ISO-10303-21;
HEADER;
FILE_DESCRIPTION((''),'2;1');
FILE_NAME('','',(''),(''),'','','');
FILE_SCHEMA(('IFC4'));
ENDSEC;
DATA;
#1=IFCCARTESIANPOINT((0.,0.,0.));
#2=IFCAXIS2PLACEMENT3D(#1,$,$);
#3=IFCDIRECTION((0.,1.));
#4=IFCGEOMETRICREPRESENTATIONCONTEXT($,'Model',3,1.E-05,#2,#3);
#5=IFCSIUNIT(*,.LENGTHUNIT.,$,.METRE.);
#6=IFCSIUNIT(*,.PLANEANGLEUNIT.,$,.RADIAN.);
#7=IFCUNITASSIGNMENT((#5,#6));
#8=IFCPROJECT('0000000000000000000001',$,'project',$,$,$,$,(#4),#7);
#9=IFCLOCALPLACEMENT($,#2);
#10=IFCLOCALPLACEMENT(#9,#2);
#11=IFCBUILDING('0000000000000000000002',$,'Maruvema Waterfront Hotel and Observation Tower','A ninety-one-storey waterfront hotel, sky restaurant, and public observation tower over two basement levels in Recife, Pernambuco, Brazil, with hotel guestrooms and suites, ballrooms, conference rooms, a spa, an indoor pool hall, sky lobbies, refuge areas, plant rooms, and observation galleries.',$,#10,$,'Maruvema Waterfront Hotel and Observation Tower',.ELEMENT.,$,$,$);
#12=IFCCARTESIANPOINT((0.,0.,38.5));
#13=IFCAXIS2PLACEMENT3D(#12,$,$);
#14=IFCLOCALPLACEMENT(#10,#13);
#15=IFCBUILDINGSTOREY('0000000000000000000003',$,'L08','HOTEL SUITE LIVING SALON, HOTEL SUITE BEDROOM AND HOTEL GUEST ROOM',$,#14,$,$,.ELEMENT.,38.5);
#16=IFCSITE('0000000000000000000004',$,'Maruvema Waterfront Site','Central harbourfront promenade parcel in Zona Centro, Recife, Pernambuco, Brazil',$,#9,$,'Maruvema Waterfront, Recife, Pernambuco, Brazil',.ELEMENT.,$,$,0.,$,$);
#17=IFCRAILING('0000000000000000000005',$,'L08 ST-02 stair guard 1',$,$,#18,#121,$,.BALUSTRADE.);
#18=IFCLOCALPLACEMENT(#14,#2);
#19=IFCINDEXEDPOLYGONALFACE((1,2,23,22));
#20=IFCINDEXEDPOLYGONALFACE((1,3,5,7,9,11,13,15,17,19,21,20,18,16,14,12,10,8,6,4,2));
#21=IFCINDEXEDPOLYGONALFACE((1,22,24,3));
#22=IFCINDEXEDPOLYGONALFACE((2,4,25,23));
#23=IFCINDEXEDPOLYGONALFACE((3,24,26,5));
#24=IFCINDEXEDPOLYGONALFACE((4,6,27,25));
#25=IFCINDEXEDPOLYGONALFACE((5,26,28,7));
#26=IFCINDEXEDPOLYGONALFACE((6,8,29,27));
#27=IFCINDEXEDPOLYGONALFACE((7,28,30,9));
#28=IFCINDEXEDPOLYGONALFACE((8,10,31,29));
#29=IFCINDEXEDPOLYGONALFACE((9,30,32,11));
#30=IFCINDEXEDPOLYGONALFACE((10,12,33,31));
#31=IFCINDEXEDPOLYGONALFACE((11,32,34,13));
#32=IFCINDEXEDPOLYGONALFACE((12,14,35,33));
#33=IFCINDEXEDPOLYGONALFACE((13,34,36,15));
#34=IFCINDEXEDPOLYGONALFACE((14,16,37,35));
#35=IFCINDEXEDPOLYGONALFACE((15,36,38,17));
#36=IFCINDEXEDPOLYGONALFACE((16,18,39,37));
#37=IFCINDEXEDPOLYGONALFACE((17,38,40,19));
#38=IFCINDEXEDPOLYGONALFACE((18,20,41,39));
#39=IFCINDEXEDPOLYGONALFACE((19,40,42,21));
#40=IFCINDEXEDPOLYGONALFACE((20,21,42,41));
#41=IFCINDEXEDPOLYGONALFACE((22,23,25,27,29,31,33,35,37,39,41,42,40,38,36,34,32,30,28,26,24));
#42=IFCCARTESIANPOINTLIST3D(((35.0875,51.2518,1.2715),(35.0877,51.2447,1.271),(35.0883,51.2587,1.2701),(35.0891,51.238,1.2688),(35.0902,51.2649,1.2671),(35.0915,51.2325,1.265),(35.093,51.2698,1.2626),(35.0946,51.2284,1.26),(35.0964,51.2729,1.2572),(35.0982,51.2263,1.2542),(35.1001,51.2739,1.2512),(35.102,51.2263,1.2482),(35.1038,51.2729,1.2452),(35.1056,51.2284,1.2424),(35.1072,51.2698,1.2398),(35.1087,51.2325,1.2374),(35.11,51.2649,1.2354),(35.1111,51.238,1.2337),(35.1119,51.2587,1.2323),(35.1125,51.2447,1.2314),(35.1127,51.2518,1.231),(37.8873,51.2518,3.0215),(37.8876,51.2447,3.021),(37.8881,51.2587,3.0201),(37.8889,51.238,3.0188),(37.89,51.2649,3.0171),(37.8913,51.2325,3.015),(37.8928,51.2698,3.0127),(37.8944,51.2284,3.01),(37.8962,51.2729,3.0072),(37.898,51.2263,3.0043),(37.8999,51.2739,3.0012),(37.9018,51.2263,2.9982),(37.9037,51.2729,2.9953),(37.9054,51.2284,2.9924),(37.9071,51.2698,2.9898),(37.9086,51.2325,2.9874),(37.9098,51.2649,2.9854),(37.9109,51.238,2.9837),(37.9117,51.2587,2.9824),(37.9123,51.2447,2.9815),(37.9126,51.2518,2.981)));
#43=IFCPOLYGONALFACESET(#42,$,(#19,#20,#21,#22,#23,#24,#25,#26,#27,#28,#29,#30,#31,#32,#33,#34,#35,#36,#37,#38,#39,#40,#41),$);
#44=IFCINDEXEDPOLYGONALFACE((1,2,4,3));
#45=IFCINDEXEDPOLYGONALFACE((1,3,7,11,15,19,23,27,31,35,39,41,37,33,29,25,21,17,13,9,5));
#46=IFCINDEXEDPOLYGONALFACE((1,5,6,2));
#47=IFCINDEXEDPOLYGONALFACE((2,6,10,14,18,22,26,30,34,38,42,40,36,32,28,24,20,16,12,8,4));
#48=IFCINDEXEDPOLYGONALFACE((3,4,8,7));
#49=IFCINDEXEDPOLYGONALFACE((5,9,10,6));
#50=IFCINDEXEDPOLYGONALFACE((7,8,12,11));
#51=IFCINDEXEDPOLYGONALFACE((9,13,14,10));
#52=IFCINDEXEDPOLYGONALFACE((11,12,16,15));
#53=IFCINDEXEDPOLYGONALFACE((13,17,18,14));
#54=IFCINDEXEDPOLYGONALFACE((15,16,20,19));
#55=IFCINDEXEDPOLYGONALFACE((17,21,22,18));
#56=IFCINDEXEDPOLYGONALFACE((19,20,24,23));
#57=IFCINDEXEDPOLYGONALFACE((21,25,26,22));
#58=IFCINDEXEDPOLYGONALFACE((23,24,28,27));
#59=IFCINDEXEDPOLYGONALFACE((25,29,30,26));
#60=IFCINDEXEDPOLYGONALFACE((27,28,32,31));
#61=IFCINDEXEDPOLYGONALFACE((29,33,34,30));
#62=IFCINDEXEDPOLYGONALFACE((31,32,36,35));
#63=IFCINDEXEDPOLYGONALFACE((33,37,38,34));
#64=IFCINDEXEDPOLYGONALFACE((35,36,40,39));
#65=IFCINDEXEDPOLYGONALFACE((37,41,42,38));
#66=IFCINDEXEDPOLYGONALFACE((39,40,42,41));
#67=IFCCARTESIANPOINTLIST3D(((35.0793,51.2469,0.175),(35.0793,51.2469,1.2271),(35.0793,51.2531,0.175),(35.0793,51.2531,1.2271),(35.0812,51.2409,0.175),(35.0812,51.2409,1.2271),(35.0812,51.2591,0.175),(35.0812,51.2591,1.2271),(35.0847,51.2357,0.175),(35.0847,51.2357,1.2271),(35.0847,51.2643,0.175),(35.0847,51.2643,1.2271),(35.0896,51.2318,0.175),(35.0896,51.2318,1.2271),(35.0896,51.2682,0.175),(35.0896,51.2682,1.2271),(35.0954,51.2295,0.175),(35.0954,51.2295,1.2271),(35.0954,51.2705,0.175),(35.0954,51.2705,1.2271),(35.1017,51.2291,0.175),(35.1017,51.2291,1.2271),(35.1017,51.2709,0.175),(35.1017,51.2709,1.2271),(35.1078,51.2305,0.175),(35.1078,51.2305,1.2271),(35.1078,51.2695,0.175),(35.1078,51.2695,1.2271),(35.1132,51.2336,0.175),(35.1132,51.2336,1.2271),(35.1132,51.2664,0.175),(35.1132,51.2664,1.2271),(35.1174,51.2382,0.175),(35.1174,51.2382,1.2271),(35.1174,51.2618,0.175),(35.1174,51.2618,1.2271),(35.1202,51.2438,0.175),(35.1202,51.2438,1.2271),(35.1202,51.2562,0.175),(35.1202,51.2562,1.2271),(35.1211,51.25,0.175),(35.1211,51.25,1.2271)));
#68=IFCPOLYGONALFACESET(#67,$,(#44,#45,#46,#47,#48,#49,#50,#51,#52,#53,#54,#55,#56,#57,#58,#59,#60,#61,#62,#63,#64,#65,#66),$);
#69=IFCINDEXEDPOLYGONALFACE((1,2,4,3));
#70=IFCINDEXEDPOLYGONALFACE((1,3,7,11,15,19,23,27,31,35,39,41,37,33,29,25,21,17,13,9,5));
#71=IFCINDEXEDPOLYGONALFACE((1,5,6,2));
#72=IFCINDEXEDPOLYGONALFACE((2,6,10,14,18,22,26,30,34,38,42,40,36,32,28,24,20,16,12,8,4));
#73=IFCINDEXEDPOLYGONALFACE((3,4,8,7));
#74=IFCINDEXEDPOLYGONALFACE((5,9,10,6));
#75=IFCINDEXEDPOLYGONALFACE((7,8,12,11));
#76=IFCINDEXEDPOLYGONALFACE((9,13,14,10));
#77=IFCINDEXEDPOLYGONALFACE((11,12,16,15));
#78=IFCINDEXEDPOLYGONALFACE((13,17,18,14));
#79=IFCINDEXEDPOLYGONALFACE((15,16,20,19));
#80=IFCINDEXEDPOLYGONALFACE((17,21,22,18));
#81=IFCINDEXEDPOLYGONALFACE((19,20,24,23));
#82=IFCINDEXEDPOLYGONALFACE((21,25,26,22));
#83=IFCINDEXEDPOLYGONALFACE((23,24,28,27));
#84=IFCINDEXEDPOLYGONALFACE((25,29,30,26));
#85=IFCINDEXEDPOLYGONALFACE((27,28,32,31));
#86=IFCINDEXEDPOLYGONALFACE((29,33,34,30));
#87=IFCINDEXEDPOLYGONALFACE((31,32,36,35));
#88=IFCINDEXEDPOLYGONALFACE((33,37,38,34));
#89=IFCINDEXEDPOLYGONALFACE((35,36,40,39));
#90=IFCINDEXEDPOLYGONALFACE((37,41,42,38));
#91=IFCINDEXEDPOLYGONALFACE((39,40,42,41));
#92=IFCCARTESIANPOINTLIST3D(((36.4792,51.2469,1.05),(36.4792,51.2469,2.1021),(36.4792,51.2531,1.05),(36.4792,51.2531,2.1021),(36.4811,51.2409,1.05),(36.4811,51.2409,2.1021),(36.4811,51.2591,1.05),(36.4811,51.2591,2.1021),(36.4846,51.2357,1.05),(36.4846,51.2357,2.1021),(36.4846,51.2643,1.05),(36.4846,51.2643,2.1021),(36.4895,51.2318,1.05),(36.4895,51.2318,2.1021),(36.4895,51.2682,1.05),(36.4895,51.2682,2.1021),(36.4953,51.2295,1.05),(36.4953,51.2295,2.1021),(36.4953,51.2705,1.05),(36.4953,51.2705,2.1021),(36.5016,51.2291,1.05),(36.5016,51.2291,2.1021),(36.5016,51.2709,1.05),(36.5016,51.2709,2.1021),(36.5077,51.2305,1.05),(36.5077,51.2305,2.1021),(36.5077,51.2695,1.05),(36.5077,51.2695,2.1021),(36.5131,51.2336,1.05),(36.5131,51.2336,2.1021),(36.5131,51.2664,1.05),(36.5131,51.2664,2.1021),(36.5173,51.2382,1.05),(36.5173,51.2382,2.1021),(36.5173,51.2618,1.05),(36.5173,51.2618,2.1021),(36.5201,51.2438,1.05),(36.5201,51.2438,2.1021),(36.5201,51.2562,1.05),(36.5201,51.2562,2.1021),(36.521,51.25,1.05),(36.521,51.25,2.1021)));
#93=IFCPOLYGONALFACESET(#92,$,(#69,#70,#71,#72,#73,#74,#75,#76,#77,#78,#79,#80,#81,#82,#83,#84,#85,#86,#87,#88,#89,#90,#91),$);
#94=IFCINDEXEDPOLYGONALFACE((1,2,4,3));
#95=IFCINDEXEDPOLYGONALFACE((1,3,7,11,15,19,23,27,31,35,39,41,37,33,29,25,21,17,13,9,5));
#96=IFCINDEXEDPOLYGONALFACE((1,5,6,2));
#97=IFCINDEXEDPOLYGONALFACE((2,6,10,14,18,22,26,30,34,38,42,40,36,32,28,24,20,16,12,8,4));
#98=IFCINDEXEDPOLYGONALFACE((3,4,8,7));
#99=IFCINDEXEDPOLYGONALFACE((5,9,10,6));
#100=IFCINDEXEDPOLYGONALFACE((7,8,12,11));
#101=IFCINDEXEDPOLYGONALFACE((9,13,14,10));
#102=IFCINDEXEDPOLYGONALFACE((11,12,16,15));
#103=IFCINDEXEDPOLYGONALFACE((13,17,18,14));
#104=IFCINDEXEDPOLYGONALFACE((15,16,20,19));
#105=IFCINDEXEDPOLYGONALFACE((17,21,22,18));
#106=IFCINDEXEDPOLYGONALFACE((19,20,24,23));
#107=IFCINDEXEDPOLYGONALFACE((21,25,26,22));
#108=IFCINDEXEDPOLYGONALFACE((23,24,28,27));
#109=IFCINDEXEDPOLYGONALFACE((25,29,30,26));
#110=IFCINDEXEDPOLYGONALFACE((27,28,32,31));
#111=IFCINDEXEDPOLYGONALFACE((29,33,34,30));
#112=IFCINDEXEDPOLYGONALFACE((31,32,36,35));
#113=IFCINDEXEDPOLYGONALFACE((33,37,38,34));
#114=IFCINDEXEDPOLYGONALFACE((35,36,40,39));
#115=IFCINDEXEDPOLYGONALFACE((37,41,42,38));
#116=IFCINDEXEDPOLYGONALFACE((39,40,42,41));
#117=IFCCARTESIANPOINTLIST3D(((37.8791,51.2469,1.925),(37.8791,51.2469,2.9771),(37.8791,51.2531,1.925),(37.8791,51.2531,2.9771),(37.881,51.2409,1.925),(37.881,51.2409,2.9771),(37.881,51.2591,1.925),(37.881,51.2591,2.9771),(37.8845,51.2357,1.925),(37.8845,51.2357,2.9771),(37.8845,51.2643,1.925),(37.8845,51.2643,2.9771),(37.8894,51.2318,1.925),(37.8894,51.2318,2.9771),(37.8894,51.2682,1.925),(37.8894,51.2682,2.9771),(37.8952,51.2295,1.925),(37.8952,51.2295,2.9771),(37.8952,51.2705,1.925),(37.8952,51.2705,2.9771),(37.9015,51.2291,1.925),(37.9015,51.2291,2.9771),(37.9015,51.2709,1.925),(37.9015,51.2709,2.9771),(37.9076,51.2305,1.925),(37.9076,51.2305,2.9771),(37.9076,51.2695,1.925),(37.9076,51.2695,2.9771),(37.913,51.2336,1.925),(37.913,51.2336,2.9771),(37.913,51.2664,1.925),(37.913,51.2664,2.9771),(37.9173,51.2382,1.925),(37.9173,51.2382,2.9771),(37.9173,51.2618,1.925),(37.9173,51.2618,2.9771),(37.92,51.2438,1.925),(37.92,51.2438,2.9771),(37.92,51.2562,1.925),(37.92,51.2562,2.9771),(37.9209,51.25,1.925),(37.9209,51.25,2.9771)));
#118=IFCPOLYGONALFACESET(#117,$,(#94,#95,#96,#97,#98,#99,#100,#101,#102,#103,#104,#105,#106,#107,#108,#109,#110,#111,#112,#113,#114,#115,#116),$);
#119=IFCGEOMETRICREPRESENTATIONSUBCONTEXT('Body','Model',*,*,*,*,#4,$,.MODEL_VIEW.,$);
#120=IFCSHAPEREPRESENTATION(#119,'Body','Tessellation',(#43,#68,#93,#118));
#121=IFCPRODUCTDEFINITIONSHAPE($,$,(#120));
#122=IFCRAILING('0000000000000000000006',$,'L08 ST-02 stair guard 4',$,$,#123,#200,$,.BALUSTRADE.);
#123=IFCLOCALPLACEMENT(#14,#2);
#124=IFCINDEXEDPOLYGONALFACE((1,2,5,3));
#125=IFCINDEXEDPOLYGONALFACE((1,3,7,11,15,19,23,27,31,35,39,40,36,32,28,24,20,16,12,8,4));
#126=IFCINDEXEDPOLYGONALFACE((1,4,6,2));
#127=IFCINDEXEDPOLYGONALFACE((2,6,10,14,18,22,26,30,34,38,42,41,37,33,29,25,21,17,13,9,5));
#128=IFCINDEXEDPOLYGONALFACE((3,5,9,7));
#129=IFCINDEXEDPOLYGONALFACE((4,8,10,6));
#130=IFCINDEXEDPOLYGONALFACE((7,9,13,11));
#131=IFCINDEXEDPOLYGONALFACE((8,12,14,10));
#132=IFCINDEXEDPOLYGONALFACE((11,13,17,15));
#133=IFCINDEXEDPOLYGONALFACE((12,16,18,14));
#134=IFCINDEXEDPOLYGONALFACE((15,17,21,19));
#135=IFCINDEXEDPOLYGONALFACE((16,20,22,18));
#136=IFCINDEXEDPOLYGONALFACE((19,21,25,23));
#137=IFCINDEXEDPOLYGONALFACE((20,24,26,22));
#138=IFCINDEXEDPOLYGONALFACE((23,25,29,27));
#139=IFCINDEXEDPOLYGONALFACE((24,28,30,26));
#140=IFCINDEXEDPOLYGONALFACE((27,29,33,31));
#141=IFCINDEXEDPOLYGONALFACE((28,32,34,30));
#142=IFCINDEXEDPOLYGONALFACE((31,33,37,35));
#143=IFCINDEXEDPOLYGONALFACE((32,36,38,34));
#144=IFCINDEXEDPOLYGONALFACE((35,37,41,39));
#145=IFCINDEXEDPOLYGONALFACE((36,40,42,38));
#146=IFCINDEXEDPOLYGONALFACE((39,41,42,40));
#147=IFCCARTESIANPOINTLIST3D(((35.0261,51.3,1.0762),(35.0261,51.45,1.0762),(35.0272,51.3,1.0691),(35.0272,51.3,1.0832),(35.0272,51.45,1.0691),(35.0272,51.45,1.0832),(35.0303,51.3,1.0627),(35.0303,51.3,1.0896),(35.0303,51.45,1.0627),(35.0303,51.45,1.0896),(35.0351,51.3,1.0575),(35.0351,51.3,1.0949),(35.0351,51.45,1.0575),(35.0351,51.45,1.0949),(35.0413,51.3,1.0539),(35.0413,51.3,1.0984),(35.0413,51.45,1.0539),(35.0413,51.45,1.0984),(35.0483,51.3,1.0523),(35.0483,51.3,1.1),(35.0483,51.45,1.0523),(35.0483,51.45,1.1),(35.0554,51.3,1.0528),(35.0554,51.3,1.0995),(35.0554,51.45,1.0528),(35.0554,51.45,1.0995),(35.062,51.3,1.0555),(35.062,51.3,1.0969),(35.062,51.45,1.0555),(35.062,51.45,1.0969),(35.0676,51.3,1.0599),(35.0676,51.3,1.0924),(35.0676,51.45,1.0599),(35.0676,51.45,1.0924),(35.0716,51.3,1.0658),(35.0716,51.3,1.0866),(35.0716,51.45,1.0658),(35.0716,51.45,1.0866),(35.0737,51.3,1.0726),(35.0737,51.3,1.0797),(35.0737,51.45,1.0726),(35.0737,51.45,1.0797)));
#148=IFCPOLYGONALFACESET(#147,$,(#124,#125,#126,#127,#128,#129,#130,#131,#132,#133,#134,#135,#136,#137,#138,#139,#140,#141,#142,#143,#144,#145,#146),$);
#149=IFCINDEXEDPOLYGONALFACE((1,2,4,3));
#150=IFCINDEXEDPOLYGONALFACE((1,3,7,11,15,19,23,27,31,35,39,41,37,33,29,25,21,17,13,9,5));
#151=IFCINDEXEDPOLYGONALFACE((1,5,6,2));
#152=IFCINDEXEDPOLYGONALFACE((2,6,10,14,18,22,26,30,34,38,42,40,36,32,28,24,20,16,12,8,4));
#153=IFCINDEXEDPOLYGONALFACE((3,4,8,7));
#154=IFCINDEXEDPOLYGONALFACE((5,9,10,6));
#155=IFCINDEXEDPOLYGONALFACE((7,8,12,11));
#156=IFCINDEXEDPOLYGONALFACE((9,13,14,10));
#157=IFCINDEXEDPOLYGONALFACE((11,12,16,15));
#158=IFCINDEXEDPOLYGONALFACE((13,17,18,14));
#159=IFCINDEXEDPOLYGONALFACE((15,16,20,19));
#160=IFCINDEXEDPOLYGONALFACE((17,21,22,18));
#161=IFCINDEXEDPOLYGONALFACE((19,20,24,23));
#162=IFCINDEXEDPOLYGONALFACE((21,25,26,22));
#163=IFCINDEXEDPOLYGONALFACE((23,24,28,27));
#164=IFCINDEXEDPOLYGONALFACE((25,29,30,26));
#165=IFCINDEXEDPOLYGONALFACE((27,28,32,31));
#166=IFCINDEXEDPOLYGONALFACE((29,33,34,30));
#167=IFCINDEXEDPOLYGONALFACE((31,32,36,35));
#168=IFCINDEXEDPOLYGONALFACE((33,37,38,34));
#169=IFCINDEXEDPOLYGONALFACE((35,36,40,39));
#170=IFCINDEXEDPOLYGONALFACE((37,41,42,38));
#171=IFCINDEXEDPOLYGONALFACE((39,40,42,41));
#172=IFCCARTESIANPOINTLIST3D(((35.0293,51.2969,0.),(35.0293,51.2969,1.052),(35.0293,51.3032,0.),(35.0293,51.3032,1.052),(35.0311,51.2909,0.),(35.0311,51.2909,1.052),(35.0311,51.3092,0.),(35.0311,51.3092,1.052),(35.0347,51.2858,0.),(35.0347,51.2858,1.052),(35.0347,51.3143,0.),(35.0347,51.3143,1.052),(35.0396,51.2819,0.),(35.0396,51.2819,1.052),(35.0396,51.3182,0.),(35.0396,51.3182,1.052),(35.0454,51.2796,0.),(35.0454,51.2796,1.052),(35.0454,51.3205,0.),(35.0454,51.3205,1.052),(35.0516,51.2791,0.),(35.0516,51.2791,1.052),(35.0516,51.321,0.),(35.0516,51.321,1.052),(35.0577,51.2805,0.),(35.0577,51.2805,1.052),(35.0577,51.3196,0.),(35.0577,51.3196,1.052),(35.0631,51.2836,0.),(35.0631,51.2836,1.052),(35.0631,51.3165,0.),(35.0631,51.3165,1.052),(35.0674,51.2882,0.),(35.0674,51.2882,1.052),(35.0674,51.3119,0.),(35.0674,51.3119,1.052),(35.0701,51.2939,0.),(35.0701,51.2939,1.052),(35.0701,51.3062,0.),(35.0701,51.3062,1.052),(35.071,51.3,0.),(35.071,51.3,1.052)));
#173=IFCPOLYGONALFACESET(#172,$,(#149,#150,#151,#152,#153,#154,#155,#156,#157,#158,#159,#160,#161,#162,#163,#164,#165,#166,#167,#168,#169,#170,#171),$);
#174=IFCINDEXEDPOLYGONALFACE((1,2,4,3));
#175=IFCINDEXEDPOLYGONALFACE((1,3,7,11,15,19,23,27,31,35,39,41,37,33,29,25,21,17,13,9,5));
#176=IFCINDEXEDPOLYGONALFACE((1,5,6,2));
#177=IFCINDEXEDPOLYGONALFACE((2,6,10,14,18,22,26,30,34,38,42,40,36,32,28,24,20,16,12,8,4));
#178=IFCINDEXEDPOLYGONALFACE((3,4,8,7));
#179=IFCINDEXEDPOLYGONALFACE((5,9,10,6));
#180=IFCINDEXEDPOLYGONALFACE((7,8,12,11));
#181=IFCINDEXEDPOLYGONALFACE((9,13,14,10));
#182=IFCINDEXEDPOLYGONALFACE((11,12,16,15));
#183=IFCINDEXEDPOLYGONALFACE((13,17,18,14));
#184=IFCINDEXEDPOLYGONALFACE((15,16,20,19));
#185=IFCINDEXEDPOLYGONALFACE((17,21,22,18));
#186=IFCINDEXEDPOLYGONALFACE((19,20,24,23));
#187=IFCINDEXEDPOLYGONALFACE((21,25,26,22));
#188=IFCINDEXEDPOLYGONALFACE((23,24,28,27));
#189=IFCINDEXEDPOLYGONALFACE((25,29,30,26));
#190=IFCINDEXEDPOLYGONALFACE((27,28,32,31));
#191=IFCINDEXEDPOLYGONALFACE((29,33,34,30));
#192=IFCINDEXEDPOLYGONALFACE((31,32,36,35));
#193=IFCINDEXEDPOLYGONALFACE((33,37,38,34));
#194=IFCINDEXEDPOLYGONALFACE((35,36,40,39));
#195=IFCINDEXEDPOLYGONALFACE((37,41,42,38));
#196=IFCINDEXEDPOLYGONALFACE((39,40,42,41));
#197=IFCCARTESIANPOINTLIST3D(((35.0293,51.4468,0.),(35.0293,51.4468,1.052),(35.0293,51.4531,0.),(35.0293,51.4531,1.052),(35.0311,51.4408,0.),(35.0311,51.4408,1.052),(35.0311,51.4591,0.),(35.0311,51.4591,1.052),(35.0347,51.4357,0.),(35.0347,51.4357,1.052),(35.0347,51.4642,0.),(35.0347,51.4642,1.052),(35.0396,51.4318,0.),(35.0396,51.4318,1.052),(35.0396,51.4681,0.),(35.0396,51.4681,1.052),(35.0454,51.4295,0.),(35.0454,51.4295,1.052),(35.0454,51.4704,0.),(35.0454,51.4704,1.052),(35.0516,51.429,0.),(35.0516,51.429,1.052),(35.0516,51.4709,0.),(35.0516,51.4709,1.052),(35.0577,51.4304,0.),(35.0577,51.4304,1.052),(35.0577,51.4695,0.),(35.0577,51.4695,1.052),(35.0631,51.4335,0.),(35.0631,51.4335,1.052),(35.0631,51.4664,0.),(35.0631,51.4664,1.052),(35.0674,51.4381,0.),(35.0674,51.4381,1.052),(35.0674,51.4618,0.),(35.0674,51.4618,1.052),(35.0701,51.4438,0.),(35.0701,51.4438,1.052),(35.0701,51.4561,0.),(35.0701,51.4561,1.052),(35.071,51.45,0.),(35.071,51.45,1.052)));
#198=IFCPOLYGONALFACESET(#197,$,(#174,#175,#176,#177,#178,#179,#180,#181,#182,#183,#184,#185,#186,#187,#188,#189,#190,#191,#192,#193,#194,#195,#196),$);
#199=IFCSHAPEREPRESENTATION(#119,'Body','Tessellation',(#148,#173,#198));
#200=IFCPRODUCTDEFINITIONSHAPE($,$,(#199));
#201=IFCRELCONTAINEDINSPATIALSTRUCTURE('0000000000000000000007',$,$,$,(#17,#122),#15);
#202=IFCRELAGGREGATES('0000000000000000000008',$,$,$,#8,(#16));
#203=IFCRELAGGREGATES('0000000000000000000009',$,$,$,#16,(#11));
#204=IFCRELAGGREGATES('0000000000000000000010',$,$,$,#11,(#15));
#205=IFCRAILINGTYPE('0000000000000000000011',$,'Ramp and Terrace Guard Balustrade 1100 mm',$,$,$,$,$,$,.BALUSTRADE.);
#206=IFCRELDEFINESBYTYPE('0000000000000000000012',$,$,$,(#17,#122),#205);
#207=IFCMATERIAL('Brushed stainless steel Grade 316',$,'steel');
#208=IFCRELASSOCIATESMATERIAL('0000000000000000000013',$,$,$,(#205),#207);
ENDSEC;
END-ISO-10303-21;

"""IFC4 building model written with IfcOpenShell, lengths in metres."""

from ifc_helpers import new_model, si_unit, direction, frame, origin, origin_2d, place, context, subcontext, project, spatial, circle, extrude, material, type_object, element, save


model = new_model("IFC4")

# Units and contexts
model_context = context("Model", 3, precision=1e-05, world=origin(), true_north=direction((0.0, 1.0)))
body_context = subcontext(model_context, "Body", "Model", "MODEL_VIEW")
ifc_project = project(units=[si_unit("LENGTHUNIT", "METRE"), si_unit("PLANEANGLEUNIT", "RADIAN")], contexts=[model_context])

# Site, building, storey
site_placement = place(None, origin())
site = spatial("IfcSite", under=ifc_project, at=site_placement, Name="Maruvema Waterfront Site", Description="Central harbourfront promenade parcel in Zona Centro, Recife, Pernambuco, Brazil", LongName="Maruvema Waterfront, Recife, Pernambuco, Brazil", CompositionType="ELEMENT", RefElevation=0.0)
building_placement = place(site_placement, origin())
building = spatial("IfcBuilding", under=site, at=building_placement, Name="Maruvema Waterfront Hotel and Observation Tower", Description="A ninety-one-storey waterfront hotel, sky restaurant, and public observation tower over two basement levels in Recife, Pernambuco, Brazil, with hotel guestrooms and suites, ballrooms, conference rooms, a spa, an indoor pool hall, sky lobbies, refuge areas, plant rooms, and observation galleries.", LongName="Maruvema Waterfront Hotel and Observation Tower", CompositionType="ELEMENT")
storey_placement = place(building_placement, frame((0.0, 0.0, 38.5)))
storey = spatial("IfcBuildingStorey", under=building, at=storey_placement, Name="L08", Description="HOTEL SUITE LIVING SALON, HOTEL SUITE BEDROOM AND HOTEL GUEST ROOM", CompositionType="ELEMENT", Elevation=38.5)

# Railings
ifc_material_1 = material(Name="Brushed stainless steel Grade 316", Category="steel")
railing_type_1 = type_object("IfcRailingType", Name="Ramp and Terrace Guard Balustrade 1100 mm", PredefinedType="BALUSTRADE", material=ifc_material_1)
railing_1_placement = place(storey_placement, frame((35.1001, 51.25, 0.175)))
element("IfcRailing", 1, at=railing_1_placement, inside=storey, type_object=railing_type_1, Name="L08 ST-02 stair guard 1", PredefinedType="BALUSTRADE", context=body_context, shape_type="SweptSolid", body=[
    extrude(circle(Radius=0.0239, at=origin_2d()), frame((0.0, 0.0, 1.0762), z_axis=(0.847982, 0.0, 0.530026), x_axis=(0.0, 1.0, 0.0)), (0.0, 0.0, 1.0), 3.3018),
    extrude(circle(Radius=0.021, at=origin_2d()), origin(), (0.0, 0.0, 1.0), 1.052),
    extrude(circle(Radius=0.021, at=origin_2d()), frame((1.3999, 0.0, 0.875)), (0.0, 0.0, 1.0), 1.052),
    extrude(circle(Radius=0.021, at=origin_2d()), frame((2.7998, 0.0, 1.75)), (0.0, 0.0, 1.0), 1.052),
])
railing_2_placement = place(storey_placement, frame((35.05, 51.3, 0.0)))
element("IfcRailing", 2, at=railing_2_placement, inside=storey, type_object=railing_type_1, Name="L08 ST-02 stair guard 4", PredefinedType="BALUSTRADE", context=body_context, shape_type="SweptSolid", body=[
    extrude(circle(Radius=0.0239, at=origin_2d()), frame((0.0, 0.0, 1.0762), z_axis=(0.0, 1.0, 0.0), x_axis=(-1.0, 0.0, 0.0)), (0.0, 0.0, 1.0), 0.1499),
    extrude(circle(Radius=0.021, at=origin_2d()), origin(), (0.0, 0.0, 1.0), 1.052),
    extrude(circle(Radius=0.021, at=origin_2d()), frame((0.0, 0.1499, 0.0)), (0.0, 0.0, 1.0), 1.052),
])

save(model, "model.ifc")
